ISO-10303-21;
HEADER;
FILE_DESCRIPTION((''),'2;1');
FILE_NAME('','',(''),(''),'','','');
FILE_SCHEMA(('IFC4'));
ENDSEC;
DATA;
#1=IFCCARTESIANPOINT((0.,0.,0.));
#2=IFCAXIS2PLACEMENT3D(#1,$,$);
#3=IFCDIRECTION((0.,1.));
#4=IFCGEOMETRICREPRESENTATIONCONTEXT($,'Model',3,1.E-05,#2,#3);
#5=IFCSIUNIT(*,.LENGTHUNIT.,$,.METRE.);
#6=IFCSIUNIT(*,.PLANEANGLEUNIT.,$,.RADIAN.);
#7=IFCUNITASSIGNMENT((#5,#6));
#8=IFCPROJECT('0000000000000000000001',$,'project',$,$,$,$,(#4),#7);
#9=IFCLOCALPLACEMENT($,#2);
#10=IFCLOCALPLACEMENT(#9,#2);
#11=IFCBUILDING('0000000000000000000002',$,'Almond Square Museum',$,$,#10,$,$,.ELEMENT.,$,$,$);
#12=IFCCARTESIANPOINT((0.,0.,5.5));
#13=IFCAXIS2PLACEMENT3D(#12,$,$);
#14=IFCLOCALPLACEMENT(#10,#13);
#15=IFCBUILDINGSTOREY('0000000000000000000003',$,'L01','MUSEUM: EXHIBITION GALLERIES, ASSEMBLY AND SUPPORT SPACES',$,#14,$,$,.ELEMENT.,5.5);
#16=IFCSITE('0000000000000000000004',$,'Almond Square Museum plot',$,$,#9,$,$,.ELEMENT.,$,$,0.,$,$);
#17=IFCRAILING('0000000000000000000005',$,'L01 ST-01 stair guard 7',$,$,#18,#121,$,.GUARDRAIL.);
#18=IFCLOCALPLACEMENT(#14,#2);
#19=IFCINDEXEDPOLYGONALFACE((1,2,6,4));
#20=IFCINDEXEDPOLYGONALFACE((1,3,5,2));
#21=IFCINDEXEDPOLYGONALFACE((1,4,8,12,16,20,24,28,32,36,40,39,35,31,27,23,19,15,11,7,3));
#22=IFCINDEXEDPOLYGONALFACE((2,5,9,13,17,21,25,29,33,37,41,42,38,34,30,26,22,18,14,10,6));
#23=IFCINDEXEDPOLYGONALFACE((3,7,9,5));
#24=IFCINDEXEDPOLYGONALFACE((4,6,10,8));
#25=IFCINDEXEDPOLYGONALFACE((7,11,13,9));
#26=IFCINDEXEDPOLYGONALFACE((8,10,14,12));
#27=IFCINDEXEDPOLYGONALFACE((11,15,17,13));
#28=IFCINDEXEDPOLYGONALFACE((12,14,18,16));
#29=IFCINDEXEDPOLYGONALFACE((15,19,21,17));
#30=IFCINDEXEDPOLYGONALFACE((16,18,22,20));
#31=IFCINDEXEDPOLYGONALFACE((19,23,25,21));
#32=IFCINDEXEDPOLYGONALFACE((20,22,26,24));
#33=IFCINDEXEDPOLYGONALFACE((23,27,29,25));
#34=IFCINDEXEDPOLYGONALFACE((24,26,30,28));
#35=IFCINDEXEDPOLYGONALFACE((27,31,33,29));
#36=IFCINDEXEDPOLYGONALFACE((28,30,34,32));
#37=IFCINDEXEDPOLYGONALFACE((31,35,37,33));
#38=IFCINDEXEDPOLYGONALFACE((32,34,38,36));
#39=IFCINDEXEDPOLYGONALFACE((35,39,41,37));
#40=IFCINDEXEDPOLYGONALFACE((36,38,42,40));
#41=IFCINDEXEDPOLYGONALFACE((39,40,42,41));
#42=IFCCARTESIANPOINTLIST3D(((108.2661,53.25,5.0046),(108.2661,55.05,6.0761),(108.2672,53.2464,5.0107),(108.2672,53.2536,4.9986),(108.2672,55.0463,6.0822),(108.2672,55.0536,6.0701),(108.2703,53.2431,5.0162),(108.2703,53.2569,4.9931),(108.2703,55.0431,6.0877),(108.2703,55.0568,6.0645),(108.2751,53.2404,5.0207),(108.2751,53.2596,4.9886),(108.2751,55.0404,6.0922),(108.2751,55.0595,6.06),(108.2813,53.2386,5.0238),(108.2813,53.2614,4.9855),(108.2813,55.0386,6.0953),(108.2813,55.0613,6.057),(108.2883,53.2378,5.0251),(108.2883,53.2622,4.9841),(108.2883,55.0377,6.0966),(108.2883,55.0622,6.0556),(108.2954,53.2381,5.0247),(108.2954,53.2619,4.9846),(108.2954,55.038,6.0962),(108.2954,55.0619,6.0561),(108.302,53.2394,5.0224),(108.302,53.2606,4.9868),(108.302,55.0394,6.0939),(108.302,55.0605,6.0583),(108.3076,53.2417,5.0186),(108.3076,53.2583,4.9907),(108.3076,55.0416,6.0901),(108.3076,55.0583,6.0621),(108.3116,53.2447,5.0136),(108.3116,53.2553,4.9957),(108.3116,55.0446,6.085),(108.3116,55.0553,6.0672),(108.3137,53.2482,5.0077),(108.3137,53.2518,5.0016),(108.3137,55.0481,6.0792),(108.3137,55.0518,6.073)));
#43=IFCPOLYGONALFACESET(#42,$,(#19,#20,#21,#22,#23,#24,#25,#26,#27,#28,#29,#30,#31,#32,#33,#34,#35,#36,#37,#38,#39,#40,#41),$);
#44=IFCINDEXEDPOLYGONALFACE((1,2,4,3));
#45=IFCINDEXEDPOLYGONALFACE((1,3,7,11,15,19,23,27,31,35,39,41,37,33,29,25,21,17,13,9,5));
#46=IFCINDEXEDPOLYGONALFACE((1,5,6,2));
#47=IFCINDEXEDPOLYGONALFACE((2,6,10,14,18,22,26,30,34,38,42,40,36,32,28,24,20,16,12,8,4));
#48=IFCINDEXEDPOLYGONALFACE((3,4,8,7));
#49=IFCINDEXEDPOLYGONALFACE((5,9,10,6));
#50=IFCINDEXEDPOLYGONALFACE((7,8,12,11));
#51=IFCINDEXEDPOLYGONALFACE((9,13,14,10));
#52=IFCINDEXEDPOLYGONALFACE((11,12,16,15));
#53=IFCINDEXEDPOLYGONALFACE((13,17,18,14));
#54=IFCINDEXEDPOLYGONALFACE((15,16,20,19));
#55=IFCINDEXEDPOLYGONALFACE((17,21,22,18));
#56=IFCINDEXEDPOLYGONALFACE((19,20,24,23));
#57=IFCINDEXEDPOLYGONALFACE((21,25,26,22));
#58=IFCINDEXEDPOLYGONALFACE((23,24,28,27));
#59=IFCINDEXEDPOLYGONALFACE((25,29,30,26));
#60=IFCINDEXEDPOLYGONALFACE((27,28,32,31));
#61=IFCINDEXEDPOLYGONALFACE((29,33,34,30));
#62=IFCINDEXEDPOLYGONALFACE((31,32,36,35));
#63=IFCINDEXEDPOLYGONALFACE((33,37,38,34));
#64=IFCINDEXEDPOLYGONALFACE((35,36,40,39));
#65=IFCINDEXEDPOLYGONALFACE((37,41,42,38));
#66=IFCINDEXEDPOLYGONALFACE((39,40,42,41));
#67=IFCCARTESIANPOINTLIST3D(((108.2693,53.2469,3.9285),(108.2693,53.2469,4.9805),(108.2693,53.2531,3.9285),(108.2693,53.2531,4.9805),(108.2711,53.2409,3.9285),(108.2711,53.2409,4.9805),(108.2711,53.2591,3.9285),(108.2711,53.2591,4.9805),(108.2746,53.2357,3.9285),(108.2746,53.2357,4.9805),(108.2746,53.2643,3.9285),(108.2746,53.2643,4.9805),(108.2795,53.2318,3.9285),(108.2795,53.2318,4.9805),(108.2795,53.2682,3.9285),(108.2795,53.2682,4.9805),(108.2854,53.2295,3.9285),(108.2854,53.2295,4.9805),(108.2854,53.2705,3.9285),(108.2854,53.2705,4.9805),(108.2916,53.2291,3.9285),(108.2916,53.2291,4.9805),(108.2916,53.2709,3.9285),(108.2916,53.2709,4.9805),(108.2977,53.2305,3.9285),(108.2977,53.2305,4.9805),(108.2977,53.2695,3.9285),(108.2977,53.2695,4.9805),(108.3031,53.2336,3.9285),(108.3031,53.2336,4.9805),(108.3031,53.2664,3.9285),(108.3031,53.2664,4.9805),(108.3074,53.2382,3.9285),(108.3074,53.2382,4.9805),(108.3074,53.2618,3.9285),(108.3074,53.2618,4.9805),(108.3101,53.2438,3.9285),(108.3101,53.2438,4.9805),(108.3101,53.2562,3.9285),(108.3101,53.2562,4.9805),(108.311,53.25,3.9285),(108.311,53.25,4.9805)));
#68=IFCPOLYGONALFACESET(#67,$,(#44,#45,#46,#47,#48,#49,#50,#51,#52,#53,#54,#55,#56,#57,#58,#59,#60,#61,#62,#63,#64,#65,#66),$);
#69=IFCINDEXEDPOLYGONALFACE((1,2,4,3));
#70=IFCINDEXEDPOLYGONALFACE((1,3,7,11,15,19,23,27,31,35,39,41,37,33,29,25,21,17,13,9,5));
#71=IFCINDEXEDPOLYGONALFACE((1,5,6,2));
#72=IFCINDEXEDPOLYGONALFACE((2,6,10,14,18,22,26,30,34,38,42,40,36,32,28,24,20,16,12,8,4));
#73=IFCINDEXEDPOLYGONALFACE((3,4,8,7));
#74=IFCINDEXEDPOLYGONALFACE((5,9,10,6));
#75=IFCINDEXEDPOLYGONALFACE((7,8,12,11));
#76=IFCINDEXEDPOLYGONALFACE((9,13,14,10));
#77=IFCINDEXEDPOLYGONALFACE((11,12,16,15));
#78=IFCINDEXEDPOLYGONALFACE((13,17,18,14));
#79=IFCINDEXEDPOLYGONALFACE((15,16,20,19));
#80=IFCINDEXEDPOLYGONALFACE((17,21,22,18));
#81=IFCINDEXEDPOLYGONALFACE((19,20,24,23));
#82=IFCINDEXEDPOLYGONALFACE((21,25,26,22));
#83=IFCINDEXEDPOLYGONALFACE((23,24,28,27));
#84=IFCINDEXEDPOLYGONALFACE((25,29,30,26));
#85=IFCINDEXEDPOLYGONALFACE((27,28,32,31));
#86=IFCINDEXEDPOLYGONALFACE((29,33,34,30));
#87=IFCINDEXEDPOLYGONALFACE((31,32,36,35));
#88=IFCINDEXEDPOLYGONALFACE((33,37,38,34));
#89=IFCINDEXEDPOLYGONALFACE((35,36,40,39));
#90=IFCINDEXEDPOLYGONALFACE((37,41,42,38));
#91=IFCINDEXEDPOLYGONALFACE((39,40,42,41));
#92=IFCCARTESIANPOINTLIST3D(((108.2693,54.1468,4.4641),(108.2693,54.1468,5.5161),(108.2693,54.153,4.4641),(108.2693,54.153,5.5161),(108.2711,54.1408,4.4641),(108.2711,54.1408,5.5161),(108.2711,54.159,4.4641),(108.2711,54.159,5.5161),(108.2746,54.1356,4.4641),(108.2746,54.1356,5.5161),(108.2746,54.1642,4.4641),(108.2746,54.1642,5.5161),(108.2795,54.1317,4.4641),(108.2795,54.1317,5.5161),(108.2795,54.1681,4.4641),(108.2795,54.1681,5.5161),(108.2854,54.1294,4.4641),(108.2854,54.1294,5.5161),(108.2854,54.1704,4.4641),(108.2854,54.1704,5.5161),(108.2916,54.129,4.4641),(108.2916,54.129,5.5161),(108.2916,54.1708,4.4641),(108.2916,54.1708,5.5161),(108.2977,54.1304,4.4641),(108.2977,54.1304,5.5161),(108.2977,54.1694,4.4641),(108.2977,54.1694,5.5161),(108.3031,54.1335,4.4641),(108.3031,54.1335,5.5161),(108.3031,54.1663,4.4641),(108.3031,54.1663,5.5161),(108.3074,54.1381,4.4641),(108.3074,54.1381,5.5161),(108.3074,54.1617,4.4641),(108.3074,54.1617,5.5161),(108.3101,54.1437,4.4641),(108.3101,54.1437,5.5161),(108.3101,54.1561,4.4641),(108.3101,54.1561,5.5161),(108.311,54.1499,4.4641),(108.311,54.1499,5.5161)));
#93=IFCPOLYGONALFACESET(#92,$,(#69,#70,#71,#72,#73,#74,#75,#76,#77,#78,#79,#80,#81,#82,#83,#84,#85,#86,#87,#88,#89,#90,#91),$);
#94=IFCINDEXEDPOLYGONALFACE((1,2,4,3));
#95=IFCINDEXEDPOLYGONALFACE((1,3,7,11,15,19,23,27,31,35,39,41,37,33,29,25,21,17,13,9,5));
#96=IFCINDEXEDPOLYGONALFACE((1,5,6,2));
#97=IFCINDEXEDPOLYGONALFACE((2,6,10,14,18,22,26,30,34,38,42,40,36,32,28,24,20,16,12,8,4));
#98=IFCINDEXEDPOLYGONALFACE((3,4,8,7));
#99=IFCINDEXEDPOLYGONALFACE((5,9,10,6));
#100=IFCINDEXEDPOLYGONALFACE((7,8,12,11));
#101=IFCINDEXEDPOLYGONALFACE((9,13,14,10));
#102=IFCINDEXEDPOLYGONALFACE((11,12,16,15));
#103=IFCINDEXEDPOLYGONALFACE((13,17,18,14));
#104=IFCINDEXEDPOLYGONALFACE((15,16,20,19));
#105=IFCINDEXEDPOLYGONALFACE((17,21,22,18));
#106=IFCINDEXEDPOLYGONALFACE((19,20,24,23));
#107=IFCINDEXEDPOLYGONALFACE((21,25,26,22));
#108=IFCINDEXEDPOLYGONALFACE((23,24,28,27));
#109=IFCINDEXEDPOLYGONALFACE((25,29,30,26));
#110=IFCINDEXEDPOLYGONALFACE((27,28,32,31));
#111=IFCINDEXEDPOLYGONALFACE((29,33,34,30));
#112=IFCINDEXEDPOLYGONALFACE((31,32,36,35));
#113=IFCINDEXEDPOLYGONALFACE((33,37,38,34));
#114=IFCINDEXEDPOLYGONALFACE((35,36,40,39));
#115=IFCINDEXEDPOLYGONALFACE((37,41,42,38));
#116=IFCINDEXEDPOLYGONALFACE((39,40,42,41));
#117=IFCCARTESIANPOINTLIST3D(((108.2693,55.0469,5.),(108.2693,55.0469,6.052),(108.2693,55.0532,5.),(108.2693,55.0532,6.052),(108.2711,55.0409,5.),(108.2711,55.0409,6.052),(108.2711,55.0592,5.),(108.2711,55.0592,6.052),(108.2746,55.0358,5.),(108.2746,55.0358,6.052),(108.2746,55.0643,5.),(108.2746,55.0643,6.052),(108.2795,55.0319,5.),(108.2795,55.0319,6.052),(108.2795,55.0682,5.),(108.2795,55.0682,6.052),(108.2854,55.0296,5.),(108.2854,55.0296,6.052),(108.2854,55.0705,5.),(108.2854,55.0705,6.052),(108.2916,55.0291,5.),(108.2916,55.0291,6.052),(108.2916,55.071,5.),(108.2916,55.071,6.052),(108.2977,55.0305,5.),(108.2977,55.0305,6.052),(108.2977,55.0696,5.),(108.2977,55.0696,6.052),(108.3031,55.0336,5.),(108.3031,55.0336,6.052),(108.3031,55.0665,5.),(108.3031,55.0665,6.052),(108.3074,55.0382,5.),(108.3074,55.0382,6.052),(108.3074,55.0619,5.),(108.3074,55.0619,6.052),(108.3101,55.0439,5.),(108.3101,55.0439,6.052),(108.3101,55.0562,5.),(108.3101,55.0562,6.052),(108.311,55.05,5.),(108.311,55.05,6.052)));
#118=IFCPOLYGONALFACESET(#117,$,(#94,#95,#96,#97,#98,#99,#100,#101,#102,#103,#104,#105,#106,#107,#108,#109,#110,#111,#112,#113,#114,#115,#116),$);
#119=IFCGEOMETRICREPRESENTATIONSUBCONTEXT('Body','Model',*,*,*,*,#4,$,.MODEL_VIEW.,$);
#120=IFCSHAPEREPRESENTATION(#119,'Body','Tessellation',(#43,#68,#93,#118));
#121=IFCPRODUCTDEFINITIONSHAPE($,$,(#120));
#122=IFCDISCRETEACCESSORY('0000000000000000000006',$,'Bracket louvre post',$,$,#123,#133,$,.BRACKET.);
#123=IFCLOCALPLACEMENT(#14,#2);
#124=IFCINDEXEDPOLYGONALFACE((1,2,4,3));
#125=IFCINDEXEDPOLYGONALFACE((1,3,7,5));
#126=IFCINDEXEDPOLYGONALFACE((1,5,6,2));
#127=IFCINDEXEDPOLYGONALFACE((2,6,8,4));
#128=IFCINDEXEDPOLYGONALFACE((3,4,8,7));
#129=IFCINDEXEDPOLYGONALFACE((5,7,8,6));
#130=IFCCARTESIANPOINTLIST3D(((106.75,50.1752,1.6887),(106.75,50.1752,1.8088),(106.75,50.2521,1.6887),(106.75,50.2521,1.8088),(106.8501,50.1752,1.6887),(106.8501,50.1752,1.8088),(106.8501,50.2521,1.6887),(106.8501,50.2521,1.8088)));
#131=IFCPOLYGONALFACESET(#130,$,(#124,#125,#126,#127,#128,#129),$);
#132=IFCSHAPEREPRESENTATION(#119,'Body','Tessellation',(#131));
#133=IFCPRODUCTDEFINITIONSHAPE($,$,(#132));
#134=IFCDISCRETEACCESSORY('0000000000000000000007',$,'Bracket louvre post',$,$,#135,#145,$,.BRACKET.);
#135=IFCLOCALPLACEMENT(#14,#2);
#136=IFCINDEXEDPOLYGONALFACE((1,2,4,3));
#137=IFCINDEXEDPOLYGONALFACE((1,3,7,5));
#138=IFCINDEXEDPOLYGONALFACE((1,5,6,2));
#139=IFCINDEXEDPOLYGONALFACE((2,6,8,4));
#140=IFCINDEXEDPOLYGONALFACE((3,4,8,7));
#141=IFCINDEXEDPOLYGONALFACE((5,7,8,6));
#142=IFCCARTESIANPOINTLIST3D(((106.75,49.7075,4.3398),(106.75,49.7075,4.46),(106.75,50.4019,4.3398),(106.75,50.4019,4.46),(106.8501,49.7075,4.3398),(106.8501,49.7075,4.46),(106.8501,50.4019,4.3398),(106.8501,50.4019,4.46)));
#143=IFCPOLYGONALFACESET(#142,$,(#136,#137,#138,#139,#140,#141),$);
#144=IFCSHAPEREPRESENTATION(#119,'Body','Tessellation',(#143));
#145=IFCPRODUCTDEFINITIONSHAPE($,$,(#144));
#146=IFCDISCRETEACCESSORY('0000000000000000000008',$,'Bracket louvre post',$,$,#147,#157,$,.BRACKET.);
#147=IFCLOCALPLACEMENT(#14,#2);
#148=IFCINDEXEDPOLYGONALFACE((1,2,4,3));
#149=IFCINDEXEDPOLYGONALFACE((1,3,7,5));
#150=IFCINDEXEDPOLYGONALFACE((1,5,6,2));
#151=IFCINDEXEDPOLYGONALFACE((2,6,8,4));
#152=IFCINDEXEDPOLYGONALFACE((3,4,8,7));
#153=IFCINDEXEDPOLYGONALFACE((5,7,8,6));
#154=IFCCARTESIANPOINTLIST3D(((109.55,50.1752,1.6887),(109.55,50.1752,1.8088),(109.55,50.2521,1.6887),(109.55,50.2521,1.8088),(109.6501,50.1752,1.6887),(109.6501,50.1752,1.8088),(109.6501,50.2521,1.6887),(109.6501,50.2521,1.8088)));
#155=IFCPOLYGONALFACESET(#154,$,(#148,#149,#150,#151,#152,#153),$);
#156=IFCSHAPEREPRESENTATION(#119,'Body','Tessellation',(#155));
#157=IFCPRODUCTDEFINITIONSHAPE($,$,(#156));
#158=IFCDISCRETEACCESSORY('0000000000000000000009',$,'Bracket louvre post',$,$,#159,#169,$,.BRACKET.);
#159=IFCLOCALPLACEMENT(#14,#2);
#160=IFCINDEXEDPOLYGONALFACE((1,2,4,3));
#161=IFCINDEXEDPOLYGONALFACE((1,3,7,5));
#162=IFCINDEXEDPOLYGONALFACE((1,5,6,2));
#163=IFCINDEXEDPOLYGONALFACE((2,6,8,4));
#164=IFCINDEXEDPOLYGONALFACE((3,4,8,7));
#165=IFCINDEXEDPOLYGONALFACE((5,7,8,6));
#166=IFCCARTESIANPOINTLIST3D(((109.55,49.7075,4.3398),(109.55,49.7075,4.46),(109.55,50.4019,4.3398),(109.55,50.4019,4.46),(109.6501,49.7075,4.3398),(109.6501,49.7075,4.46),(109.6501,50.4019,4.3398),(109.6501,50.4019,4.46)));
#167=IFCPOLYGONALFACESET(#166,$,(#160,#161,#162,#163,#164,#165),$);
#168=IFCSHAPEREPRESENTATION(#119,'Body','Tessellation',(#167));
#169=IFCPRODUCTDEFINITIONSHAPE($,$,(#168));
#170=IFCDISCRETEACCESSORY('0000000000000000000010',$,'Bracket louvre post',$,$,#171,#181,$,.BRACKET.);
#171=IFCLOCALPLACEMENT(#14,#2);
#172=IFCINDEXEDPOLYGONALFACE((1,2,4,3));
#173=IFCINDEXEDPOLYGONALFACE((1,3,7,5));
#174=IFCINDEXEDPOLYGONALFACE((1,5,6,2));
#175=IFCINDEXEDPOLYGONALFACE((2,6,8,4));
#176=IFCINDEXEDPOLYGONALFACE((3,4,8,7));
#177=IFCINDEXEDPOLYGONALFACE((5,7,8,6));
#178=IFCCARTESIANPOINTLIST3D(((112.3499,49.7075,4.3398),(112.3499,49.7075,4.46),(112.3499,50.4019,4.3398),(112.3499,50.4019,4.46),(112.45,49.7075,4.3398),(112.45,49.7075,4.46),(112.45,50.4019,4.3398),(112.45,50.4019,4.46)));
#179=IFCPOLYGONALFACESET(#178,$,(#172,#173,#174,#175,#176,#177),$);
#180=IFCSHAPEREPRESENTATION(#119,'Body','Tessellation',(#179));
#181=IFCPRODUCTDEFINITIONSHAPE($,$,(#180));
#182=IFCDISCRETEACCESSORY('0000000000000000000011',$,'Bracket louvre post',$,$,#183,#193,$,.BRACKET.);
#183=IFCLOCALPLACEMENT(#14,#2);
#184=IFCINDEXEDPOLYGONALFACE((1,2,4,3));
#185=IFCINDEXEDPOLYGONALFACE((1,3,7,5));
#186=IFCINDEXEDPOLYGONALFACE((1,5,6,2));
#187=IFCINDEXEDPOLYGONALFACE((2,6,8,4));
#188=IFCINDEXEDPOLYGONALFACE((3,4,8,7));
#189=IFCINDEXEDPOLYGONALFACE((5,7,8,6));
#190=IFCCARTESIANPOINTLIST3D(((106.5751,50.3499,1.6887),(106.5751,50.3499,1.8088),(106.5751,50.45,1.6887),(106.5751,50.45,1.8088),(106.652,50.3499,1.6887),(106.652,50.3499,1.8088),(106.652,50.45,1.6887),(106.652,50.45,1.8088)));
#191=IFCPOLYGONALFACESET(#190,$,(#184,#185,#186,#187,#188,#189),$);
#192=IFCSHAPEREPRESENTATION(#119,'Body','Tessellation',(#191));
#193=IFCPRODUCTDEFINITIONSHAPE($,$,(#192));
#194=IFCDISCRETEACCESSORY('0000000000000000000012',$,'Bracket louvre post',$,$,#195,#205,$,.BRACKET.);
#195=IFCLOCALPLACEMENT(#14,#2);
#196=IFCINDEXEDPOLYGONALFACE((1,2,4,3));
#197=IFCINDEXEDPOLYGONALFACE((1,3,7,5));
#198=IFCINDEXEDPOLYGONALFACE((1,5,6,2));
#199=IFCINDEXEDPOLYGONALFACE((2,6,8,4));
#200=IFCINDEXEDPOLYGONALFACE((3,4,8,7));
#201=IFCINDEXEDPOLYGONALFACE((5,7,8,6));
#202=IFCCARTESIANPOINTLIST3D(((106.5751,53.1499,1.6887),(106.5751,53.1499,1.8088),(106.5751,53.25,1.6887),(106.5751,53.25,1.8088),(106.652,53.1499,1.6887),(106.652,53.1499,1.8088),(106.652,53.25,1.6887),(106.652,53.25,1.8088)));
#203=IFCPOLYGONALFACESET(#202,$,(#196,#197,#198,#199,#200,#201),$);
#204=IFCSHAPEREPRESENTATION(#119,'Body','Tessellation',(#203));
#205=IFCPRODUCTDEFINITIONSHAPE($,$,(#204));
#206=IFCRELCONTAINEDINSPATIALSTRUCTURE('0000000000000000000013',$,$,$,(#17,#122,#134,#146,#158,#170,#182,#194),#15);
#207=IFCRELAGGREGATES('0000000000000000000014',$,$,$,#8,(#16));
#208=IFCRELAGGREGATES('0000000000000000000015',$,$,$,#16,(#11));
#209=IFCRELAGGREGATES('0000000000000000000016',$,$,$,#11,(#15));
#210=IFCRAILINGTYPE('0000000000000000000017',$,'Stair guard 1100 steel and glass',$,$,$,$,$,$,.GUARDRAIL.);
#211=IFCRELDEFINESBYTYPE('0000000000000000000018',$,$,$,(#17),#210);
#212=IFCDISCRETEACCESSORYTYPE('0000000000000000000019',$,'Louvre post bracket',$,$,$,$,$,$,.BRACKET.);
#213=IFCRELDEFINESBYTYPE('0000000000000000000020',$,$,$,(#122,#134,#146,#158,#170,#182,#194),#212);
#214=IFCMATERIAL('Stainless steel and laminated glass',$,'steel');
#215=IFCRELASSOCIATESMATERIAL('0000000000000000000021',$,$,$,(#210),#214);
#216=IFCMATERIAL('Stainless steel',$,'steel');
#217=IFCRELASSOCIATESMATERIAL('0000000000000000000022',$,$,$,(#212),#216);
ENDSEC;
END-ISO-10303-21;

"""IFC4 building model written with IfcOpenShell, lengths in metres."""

from ifc_helpers import new_model, si_unit, direction, frame, origin, origin_2d, place, context, subcontext, project, spatial, rectangle, circle, extrude, material, type_object, element, save


model = new_model("IFC4")

# Units and contexts
model_context = context("Model", 3, precision=1e-05, world=origin(), true_north=direction((0.0, 1.0)))
body_context = subcontext(model_context, "Body", "Model", "MODEL_VIEW")
ifc_project = project(units=[si_unit("LENGTHUNIT", "METRE"), si_unit("PLANEANGLEUNIT", "RADIAN")], contexts=[model_context])

# Site, building, storey
site_placement = place(None, origin())
site = spatial("IfcSite", under=ifc_project, at=site_placement, Name="Almond Square Museum plot", CompositionType="ELEMENT", RefElevation=0.0)
building_placement = place(site_placement, origin())
building = spatial("IfcBuilding", under=site, at=building_placement, Name="Almond Square Museum", CompositionType="ELEMENT")
storey_placement = place(building_placement, frame((0.0, 0.0, 5.5)))
storey = spatial("IfcBuildingStorey", under=building, at=storey_placement, Name="L01", Description="MUSEUM: EXHIBITION GALLERIES, ASSEMBLY AND SUPPORT SPACES", CompositionType="ELEMENT", Elevation=5.5)

# Railing
ifc_material_1 = material(Name="Stainless steel and laminated glass", Category="steel")
railing_type = type_object("IfcRailingType", Name="Stair guard 1100 steel and glass", PredefinedType="GUARDRAIL", material=ifc_material_1)
railing_1_placement = place(storey_placement, frame((108.29, 53.25, 3.9285)))
element("IfcRailing", 1, at=railing_1_placement, inside=storey, type_object=railing_type, Name="L01 ST-01 stair guard 7", PredefinedType="GUARDRAIL", context=body_context, shape_type="SweptSolid", body=[
    extrude(circle(Radius=0.0239, at=origin_2d()), frame((0.0, 0.0, 1.0762), z_axis=(0.0, 0.859277, 0.51151), x_axis=(-1.0, 0.0, 0.0)), (0.0, 0.0, 1.0), 2.0947),
    extrude(circle(Radius=0.021, at=origin_2d()), origin(), (0.0, 0.0, 1.0), 1.052),
    extrude(circle(Radius=0.021, at=origin_2d()), frame((0.0, 0.8999, 0.5356)), (0.0, 0.0, 1.0), 1.052),
    extrude(circle(Radius=0.021, at=origin_2d()), frame((0.0, 1.8, 1.0715)), (0.0, 0.0, 1.0), 1.052),
])

# Discrete accessories
ifc_material_2 = material(Name="Stainless steel", Category="steel")
discrete_accessory_type = type_object("IfcDiscreteAccessoryType", Name="Louvre post bracket", PredefinedType="BRACKET", material=ifc_material_2)
discrete_accessory_1_placement = place(storey_placement, frame((106.8, 50.2136, 1.6887), z_axis=(0.0, 0.0, 1.0), x_axis=(1.0, 0.0, 0.0)))
element("IfcDiscreteAccessory", 2, at=discrete_accessory_1_placement, inside=storey, type_object=discrete_accessory_type, Name="Bracket louvre post", PredefinedType="BRACKET", context=body_context, shape_type="SweptSolid", body=[
    extrude(rectangle(XDim=0.1001, YDim=0.0769, at=origin_2d()), origin(), (0.0, 0.0, 1.0), 0.1201),
])
discrete_accessory_2_placement = place(storey_placement, frame((106.8, 50.0547, 4.3398), z_axis=(0.0, 0.0, 1.0), x_axis=(1.0, 0.0, 0.0)))
element("IfcDiscreteAccessory", 3, at=discrete_accessory_2_placement, inside=storey, type_object=discrete_accessory_type, Name="Bracket louvre post", PredefinedType="BRACKET", context=body_context, shape_type="SweptSolid", body=[
    extrude(rectangle(XDim=0.1001, YDim=0.6943, at=origin_2d()), origin(), (0.0, 0.0, 1.0), 0.1201),
])
discrete_accessory_3_placement = place(storey_placement, frame((109.6001, 50.2136, 1.6887), z_axis=(0.0, 0.0, 1.0), x_axis=(1.0, 0.0, 0.0)))
element("IfcDiscreteAccessory", 4, at=discrete_accessory_3_placement, inside=storey, type_object=discrete_accessory_type, Name="Bracket louvre post", PredefinedType="BRACKET", context=body_context, shape_type="SweptSolid", body=[
    extrude(rectangle(XDim=0.1001, YDim=0.0769, at=origin_2d()), origin(), (0.0, 0.0, 1.0), 0.1201),
])
for number, where, z_axis, x_axis, name in (
    (5, (109.6001, 50.0547, 4.3398), (0.0, 0.0, 1.0), (1.0, 0.0, 0.0), "Bracket louvre post"),
    (6, (112.3999, 50.0547, 4.3398), (0.0, 0.0, 1.0), (1.0, 0.0, 0.0), "Bracket louvre post"),
):
    element("IfcDiscreteAccessory", number, at=place(storey_placement, frame(where, z_axis=z_axis, x_axis=x_axis)), inside=storey, type_object=discrete_accessory_type, Name=name, PredefinedType="BRACKET", context=body_context, shape_type="SweptSolid", body=[
        extrude(rectangle(XDim=0.1001, YDim=0.6943, at=origin_2d()), origin(), (0.0, 0.0, 1.0), 0.1201),
    ])
for number, where, z_axis, x_axis, name in (
    (7, (106.6135, 50.3999, 1.6887), (0.0, 0.0, 1.0), (1.0, 0.0, 0.0), "Bracket louvre post"),
    (8, (106.6135, 53.2, 1.6887), (0.0, 0.0, 1.0), (1.0, 0.0, 0.0), "Bracket louvre post"),
):
    element("IfcDiscreteAccessory", number, at=place(storey_placement, frame(where, z_axis=z_axis, x_axis=x_axis)), inside=storey, type_object=discrete_accessory_type, Name=name, PredefinedType="BRACKET", context=body_context, shape_type="SweptSolid", body=[
        extrude(rectangle(XDim=0.0769, YDim=0.1001, at=origin_2d()), origin(), (0.0, 0.0, 1.0), 0.1201),
    ])

save(model, "model.ifc")
